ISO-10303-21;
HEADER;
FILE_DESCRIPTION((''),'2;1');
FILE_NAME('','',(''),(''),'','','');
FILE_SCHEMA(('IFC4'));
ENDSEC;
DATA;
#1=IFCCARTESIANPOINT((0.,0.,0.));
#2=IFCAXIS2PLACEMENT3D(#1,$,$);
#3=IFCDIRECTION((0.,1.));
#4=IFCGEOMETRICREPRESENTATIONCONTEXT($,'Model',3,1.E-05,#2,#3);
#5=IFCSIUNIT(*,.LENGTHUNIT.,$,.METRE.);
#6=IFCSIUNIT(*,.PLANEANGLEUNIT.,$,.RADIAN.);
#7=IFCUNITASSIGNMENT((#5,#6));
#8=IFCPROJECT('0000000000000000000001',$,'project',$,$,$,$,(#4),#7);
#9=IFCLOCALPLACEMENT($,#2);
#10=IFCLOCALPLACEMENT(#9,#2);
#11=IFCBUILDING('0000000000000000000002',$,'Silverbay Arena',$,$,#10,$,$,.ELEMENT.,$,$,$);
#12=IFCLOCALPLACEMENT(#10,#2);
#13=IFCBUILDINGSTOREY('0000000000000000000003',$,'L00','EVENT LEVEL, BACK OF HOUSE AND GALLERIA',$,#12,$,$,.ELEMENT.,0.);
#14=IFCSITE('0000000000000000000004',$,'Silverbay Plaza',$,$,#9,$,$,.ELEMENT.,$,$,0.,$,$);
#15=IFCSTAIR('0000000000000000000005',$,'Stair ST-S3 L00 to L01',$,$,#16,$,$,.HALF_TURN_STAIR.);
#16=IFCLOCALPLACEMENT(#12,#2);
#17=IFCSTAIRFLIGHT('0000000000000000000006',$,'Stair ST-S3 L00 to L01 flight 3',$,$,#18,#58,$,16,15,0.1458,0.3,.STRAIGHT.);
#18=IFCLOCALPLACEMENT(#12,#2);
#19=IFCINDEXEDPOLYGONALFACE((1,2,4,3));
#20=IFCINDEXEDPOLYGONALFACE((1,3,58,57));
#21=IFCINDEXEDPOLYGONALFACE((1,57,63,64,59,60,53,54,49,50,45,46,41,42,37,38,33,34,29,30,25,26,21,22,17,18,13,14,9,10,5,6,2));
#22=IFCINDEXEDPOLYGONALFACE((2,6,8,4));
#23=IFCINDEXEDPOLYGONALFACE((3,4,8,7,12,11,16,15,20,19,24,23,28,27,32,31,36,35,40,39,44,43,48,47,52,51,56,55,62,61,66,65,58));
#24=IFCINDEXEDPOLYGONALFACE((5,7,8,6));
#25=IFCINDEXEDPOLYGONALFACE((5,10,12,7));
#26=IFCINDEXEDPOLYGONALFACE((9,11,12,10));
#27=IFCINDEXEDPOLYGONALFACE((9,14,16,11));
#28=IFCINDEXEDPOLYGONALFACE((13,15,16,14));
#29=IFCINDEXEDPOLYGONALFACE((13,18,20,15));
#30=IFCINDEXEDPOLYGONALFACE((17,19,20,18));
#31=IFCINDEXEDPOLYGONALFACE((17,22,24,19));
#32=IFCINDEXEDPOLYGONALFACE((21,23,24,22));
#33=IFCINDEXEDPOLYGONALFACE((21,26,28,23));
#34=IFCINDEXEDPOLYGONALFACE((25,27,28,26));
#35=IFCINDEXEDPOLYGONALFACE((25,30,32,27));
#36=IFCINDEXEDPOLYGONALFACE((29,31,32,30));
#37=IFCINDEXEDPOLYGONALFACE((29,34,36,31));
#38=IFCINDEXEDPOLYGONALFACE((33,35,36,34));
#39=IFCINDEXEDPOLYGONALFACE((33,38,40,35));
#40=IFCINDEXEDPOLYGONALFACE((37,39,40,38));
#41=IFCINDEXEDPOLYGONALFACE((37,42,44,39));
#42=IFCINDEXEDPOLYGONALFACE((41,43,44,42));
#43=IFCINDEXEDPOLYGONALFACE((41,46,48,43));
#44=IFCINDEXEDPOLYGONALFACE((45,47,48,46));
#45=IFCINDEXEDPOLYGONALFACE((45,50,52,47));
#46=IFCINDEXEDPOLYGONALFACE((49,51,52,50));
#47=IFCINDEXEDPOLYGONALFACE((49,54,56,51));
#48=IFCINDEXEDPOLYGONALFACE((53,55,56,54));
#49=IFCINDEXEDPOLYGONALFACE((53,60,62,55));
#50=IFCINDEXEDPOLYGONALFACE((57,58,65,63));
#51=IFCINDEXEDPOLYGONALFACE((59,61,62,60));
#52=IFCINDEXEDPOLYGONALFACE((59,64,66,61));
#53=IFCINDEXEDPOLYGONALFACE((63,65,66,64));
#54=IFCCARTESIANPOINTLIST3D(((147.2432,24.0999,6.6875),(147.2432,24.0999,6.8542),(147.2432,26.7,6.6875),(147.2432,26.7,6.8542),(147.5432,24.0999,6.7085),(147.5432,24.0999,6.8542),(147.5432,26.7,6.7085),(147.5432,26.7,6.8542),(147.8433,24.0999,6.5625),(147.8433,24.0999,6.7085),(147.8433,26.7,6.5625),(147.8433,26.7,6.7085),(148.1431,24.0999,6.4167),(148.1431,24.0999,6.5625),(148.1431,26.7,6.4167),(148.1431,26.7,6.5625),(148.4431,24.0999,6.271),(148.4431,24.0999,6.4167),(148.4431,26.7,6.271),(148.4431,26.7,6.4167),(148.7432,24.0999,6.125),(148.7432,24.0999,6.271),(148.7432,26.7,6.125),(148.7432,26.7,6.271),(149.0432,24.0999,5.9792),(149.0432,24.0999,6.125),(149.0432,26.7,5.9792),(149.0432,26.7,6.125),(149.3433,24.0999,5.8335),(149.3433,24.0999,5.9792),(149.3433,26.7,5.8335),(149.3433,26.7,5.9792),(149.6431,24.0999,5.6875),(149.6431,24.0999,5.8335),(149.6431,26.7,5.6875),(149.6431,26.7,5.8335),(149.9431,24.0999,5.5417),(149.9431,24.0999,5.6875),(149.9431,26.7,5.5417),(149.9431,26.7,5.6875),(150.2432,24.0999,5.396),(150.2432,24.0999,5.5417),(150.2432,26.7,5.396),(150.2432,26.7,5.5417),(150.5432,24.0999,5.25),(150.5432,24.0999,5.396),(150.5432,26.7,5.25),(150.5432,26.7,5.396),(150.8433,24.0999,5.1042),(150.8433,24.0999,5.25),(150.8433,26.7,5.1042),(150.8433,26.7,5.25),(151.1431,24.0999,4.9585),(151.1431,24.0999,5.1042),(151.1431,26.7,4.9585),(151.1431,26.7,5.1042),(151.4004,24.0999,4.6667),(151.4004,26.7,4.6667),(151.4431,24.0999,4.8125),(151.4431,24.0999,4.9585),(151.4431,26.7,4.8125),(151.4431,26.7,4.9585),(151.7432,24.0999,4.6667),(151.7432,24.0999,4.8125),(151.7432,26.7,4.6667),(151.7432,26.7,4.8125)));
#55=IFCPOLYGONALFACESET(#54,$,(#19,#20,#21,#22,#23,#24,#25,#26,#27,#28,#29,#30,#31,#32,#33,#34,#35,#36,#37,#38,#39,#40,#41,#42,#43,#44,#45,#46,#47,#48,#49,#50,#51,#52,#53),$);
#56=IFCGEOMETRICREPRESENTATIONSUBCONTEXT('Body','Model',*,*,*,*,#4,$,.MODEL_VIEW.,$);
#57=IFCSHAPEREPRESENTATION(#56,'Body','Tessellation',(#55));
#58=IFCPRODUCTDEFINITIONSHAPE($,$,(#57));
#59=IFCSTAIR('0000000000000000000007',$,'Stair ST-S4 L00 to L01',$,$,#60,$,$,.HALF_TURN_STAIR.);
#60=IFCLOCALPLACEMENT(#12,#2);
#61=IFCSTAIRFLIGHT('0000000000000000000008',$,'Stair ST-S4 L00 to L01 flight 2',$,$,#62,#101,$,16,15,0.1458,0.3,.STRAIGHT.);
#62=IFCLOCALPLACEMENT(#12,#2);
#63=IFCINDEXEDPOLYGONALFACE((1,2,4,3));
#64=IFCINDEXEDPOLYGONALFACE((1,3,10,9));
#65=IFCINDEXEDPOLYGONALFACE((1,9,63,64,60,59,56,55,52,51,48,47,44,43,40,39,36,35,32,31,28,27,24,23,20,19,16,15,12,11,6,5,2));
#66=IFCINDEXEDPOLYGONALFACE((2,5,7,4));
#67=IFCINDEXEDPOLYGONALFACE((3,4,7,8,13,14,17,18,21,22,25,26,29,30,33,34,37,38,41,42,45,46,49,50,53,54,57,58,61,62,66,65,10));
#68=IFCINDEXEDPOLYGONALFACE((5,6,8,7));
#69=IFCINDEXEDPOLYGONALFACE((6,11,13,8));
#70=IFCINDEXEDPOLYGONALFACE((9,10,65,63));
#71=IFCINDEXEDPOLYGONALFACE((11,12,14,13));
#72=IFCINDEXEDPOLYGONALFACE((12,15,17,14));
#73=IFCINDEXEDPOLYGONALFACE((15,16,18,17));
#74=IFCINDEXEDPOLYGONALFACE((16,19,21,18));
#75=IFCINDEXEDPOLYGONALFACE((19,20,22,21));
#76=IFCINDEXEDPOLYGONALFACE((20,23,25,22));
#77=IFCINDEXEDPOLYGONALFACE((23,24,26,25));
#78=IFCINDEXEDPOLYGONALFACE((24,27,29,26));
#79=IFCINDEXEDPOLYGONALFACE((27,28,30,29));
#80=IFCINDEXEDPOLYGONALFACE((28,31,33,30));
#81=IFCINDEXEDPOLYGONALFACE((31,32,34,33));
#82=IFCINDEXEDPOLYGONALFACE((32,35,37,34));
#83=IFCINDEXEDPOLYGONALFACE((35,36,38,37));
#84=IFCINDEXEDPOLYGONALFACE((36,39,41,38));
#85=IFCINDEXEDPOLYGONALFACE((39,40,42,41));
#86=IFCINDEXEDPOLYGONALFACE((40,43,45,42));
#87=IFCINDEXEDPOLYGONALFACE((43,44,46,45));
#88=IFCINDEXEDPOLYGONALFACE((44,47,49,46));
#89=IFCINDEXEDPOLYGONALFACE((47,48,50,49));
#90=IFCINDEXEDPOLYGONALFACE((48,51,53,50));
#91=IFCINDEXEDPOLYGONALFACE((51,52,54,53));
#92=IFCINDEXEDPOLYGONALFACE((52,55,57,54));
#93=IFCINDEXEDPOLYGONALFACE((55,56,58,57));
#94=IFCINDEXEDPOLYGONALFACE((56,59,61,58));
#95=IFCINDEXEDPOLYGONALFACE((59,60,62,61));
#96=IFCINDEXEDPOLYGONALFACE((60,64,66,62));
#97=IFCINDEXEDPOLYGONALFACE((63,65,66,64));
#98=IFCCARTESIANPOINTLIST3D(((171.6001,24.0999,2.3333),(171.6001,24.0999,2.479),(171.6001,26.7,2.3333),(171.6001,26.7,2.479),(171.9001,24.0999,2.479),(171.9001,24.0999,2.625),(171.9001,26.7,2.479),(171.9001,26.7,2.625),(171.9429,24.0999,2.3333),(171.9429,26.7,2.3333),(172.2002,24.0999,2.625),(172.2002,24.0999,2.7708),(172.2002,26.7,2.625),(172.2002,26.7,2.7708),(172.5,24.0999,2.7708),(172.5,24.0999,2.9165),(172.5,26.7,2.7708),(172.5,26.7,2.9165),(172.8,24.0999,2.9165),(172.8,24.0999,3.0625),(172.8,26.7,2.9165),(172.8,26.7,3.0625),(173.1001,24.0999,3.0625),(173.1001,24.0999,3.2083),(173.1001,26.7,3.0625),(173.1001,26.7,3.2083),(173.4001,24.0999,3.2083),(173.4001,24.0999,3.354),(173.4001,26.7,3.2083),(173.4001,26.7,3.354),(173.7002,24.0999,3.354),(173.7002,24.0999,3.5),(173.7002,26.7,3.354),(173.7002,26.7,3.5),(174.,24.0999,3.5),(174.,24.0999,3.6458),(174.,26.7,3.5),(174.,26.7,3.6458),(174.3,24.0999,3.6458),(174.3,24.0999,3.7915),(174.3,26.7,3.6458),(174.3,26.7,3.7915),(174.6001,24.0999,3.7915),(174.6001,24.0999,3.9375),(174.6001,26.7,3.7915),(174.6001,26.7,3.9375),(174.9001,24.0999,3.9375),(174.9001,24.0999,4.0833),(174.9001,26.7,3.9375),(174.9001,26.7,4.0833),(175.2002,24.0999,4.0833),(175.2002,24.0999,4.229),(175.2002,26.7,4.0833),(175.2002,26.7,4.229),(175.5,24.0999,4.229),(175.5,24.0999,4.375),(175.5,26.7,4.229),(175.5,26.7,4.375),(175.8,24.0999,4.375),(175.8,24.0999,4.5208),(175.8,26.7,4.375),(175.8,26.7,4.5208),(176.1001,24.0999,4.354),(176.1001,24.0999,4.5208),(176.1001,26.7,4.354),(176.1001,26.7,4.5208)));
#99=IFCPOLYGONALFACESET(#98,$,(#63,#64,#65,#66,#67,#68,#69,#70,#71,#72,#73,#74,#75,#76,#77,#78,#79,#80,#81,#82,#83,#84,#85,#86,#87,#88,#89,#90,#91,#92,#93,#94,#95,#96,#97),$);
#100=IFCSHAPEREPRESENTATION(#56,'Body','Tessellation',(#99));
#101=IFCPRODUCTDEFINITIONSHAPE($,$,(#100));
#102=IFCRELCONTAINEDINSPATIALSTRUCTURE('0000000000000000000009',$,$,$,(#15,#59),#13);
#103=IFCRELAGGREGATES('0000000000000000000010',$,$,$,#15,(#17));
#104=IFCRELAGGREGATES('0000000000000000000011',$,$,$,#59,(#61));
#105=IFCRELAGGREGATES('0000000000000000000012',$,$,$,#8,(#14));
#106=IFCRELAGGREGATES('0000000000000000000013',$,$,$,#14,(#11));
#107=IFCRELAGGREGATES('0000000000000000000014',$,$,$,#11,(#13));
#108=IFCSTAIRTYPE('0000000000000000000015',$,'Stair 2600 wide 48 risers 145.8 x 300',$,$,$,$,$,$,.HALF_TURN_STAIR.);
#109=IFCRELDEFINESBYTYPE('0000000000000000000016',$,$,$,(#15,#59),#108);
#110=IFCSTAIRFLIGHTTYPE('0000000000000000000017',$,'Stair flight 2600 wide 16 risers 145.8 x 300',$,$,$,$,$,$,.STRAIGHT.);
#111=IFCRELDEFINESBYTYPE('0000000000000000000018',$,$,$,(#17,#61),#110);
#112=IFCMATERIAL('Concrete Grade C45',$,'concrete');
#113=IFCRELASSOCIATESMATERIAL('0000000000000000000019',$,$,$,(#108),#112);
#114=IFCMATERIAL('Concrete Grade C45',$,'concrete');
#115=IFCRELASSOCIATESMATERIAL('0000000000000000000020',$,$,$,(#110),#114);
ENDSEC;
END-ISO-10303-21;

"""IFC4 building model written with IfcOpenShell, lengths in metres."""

from ifc_helpers import new_model, si_unit, direction, frame, origin, place, context, subcontext, project, spatial, polyline, outline, extrude, material, type_object, element, aggregate, save


model = new_model("IFC4")

# Units and contexts
model_context = context("Model", 3, precision=1e-05, world=origin(), true_north=direction((0.0, 1.0)))
body_context = subcontext(model_context, "Body", "Model", "MODEL_VIEW")
ifc_project = project(units=[si_unit("LENGTHUNIT", "METRE"), si_unit("PLANEANGLEUNIT", "RADIAN")], contexts=[model_context])

# Site, building, storey
site_placement = place(None, origin())
site = spatial("IfcSite", under=ifc_project, at=site_placement, Name="Silverbay Plaza", CompositionType="ELEMENT", RefElevation=0.0)
building_placement = place(site_placement, origin())
building = spatial("IfcBuilding", under=site, at=building_placement, Name="Silverbay Arena", CompositionType="ELEMENT")
storey_placement = place(building_placement, origin())
storey = spatial("IfcBuildingStorey", under=building, at=storey_placement, Name="L00", Description="EVENT LEVEL, BACK OF HOUSE AND GALLERIA", CompositionType="ELEMENT", Elevation=0.0)

# Stair, stair flight
ifc_material_1 = material(Name="Concrete Grade C45", Category="concrete")
stair_type = type_object("IfcStairType", Name="Stair 2600 wide 48 risers 145.8 x 300", PredefinedType="HALF_TURN_STAIR", material=ifc_material_1)
stair_1_placement = place(storey_placement, origin())
stair_1 = element("IfcStair", 1, at=stair_1_placement, inside=storey, type_object=stair_type, Name="Stair ST-S3 L00 to L01", PredefinedType="HALF_TURN_STAIR")
ifc_material_2 = material(Name="Concrete Grade C45", Category="concrete")
stair_flight_type = type_object("IfcStairFlightType", Name="Stair flight 2600 wide 16 risers 145.8 x 300", PredefinedType="STRAIGHT", material=ifc_material_2)
stair_flight_1_placement = place(storey_placement, frame((151.7432, 25.3999, 4.6667), z_axis=(0.0, 0.0, 1.0), x_axis=(-1.0, 0.0, 0.0)))
stair_flight_1 = element("IfcStairFlight", 2, at=stair_flight_1_placement, type_object=stair_flight_type, Name="Stair ST-S3 L00 to L01 flight 3", NumberOfRisers=16, NumberOfTreads=15, PredefinedType="STRAIGHT", RiserHeight=0.1458, TreadLength=0.3, context=body_context, shape_type="SweptSolid", body=[
    extrude(outline(polyline([(0.0, 0.0), (0.0, 0.1458), (0.3, 0.1458), (0.3, 0.2917), (0.6001, 0.2917), (0.6001, 0.4375), (0.8999, 0.4375), (0.8999, 0.5833), (1.2, 0.5833), (1.2, 0.7292), (1.5, 0.7292), (1.5, 0.875), (1.8, 0.875), (1.8, 1.0208), (2.1001, 1.0208), (2.1001, 1.1667), (2.3999, 1.1667), (2.3999, 1.3125), (2.7, 1.3125), (2.7, 1.4583), (3.0, 1.4583), (3.0, 1.6042), (3.3, 1.6042), (3.3, 1.75), (3.6001, 1.75), (3.6001, 1.8958), (3.8999, 1.8958), (3.8999, 2.0417), (4.2, 2.0417), (4.2, 2.1875), (4.5, 2.1875), (4.5, 2.0208), (0.3428, 0.0), (0.0, 0.0)])), frame((0.0, 1.3, 0.0), z_axis=(0.0, -1.0, 0.0), x_axis=(1.0, 0.0, 0.0)), (0.0, 0.0, 1.0), 2.6001),
])
aggregate(stair_1, [stair_flight_1])

# Stair, stair flight
stair_2_placement = place(storey_placement, origin())
stair_2 = element("IfcStair", 3, at=stair_2_placement, inside=storey, type_object=stair_type, Name="Stair ST-S4 L00 to L01", PredefinedType="HALF_TURN_STAIR")
stair_flight_2_placement = place(storey_placement, frame((171.6001, 25.3999, 2.3333), z_axis=(0.0, 0.0, 1.0), x_axis=(1.0, 0.0, 0.0)))
stair_flight_2 = element("IfcStairFlight", 4, at=stair_flight_2_placement, type_object=stair_flight_type, Name="Stair ST-S4 L00 to L01 flight 2", NumberOfRisers=16, NumberOfTreads=15, PredefinedType="STRAIGHT", RiserHeight=0.1458, TreadLength=0.3, context=body_context, shape_type="SweptSolid", body=[
    extrude(outline(polyline([(0.0, 0.0), (0.0, 0.1458), (0.3, 0.1458), (0.3, 0.2917), (0.6001, 0.2917), (0.6001, 0.4375), (0.8999, 0.4375), (0.8999, 0.5833), (1.2, 0.5833), (1.2, 0.7292), (1.5, 0.7292), (1.5, 0.875), (1.8, 0.875), (1.8, 1.0208), (2.1001, 1.0208), (2.1001, 1.1667), (2.3999, 1.1667), (2.3999, 1.3125), (2.7, 1.3125), (2.7, 1.4583), (3.0, 1.4583), (3.0, 1.6042), (3.3, 1.6042), (3.3, 1.75), (3.6001, 1.75), (3.6001, 1.8958), (3.8999, 1.8958), (3.8999, 2.0417), (4.2, 2.0417), (4.2, 2.1875), (4.5, 2.1875), (4.5, 2.0208), (0.3428, 0.0), (0.0, 0.0)])), frame((0.0, 1.3, 0.0), z_axis=(0.0, -1.0, 0.0), x_axis=(1.0, 0.0, 0.0)), (0.0, 0.0, 1.0), 2.6001),
])
aggregate(stair_2, [stair_flight_2])

save(model, "model.ifc")
